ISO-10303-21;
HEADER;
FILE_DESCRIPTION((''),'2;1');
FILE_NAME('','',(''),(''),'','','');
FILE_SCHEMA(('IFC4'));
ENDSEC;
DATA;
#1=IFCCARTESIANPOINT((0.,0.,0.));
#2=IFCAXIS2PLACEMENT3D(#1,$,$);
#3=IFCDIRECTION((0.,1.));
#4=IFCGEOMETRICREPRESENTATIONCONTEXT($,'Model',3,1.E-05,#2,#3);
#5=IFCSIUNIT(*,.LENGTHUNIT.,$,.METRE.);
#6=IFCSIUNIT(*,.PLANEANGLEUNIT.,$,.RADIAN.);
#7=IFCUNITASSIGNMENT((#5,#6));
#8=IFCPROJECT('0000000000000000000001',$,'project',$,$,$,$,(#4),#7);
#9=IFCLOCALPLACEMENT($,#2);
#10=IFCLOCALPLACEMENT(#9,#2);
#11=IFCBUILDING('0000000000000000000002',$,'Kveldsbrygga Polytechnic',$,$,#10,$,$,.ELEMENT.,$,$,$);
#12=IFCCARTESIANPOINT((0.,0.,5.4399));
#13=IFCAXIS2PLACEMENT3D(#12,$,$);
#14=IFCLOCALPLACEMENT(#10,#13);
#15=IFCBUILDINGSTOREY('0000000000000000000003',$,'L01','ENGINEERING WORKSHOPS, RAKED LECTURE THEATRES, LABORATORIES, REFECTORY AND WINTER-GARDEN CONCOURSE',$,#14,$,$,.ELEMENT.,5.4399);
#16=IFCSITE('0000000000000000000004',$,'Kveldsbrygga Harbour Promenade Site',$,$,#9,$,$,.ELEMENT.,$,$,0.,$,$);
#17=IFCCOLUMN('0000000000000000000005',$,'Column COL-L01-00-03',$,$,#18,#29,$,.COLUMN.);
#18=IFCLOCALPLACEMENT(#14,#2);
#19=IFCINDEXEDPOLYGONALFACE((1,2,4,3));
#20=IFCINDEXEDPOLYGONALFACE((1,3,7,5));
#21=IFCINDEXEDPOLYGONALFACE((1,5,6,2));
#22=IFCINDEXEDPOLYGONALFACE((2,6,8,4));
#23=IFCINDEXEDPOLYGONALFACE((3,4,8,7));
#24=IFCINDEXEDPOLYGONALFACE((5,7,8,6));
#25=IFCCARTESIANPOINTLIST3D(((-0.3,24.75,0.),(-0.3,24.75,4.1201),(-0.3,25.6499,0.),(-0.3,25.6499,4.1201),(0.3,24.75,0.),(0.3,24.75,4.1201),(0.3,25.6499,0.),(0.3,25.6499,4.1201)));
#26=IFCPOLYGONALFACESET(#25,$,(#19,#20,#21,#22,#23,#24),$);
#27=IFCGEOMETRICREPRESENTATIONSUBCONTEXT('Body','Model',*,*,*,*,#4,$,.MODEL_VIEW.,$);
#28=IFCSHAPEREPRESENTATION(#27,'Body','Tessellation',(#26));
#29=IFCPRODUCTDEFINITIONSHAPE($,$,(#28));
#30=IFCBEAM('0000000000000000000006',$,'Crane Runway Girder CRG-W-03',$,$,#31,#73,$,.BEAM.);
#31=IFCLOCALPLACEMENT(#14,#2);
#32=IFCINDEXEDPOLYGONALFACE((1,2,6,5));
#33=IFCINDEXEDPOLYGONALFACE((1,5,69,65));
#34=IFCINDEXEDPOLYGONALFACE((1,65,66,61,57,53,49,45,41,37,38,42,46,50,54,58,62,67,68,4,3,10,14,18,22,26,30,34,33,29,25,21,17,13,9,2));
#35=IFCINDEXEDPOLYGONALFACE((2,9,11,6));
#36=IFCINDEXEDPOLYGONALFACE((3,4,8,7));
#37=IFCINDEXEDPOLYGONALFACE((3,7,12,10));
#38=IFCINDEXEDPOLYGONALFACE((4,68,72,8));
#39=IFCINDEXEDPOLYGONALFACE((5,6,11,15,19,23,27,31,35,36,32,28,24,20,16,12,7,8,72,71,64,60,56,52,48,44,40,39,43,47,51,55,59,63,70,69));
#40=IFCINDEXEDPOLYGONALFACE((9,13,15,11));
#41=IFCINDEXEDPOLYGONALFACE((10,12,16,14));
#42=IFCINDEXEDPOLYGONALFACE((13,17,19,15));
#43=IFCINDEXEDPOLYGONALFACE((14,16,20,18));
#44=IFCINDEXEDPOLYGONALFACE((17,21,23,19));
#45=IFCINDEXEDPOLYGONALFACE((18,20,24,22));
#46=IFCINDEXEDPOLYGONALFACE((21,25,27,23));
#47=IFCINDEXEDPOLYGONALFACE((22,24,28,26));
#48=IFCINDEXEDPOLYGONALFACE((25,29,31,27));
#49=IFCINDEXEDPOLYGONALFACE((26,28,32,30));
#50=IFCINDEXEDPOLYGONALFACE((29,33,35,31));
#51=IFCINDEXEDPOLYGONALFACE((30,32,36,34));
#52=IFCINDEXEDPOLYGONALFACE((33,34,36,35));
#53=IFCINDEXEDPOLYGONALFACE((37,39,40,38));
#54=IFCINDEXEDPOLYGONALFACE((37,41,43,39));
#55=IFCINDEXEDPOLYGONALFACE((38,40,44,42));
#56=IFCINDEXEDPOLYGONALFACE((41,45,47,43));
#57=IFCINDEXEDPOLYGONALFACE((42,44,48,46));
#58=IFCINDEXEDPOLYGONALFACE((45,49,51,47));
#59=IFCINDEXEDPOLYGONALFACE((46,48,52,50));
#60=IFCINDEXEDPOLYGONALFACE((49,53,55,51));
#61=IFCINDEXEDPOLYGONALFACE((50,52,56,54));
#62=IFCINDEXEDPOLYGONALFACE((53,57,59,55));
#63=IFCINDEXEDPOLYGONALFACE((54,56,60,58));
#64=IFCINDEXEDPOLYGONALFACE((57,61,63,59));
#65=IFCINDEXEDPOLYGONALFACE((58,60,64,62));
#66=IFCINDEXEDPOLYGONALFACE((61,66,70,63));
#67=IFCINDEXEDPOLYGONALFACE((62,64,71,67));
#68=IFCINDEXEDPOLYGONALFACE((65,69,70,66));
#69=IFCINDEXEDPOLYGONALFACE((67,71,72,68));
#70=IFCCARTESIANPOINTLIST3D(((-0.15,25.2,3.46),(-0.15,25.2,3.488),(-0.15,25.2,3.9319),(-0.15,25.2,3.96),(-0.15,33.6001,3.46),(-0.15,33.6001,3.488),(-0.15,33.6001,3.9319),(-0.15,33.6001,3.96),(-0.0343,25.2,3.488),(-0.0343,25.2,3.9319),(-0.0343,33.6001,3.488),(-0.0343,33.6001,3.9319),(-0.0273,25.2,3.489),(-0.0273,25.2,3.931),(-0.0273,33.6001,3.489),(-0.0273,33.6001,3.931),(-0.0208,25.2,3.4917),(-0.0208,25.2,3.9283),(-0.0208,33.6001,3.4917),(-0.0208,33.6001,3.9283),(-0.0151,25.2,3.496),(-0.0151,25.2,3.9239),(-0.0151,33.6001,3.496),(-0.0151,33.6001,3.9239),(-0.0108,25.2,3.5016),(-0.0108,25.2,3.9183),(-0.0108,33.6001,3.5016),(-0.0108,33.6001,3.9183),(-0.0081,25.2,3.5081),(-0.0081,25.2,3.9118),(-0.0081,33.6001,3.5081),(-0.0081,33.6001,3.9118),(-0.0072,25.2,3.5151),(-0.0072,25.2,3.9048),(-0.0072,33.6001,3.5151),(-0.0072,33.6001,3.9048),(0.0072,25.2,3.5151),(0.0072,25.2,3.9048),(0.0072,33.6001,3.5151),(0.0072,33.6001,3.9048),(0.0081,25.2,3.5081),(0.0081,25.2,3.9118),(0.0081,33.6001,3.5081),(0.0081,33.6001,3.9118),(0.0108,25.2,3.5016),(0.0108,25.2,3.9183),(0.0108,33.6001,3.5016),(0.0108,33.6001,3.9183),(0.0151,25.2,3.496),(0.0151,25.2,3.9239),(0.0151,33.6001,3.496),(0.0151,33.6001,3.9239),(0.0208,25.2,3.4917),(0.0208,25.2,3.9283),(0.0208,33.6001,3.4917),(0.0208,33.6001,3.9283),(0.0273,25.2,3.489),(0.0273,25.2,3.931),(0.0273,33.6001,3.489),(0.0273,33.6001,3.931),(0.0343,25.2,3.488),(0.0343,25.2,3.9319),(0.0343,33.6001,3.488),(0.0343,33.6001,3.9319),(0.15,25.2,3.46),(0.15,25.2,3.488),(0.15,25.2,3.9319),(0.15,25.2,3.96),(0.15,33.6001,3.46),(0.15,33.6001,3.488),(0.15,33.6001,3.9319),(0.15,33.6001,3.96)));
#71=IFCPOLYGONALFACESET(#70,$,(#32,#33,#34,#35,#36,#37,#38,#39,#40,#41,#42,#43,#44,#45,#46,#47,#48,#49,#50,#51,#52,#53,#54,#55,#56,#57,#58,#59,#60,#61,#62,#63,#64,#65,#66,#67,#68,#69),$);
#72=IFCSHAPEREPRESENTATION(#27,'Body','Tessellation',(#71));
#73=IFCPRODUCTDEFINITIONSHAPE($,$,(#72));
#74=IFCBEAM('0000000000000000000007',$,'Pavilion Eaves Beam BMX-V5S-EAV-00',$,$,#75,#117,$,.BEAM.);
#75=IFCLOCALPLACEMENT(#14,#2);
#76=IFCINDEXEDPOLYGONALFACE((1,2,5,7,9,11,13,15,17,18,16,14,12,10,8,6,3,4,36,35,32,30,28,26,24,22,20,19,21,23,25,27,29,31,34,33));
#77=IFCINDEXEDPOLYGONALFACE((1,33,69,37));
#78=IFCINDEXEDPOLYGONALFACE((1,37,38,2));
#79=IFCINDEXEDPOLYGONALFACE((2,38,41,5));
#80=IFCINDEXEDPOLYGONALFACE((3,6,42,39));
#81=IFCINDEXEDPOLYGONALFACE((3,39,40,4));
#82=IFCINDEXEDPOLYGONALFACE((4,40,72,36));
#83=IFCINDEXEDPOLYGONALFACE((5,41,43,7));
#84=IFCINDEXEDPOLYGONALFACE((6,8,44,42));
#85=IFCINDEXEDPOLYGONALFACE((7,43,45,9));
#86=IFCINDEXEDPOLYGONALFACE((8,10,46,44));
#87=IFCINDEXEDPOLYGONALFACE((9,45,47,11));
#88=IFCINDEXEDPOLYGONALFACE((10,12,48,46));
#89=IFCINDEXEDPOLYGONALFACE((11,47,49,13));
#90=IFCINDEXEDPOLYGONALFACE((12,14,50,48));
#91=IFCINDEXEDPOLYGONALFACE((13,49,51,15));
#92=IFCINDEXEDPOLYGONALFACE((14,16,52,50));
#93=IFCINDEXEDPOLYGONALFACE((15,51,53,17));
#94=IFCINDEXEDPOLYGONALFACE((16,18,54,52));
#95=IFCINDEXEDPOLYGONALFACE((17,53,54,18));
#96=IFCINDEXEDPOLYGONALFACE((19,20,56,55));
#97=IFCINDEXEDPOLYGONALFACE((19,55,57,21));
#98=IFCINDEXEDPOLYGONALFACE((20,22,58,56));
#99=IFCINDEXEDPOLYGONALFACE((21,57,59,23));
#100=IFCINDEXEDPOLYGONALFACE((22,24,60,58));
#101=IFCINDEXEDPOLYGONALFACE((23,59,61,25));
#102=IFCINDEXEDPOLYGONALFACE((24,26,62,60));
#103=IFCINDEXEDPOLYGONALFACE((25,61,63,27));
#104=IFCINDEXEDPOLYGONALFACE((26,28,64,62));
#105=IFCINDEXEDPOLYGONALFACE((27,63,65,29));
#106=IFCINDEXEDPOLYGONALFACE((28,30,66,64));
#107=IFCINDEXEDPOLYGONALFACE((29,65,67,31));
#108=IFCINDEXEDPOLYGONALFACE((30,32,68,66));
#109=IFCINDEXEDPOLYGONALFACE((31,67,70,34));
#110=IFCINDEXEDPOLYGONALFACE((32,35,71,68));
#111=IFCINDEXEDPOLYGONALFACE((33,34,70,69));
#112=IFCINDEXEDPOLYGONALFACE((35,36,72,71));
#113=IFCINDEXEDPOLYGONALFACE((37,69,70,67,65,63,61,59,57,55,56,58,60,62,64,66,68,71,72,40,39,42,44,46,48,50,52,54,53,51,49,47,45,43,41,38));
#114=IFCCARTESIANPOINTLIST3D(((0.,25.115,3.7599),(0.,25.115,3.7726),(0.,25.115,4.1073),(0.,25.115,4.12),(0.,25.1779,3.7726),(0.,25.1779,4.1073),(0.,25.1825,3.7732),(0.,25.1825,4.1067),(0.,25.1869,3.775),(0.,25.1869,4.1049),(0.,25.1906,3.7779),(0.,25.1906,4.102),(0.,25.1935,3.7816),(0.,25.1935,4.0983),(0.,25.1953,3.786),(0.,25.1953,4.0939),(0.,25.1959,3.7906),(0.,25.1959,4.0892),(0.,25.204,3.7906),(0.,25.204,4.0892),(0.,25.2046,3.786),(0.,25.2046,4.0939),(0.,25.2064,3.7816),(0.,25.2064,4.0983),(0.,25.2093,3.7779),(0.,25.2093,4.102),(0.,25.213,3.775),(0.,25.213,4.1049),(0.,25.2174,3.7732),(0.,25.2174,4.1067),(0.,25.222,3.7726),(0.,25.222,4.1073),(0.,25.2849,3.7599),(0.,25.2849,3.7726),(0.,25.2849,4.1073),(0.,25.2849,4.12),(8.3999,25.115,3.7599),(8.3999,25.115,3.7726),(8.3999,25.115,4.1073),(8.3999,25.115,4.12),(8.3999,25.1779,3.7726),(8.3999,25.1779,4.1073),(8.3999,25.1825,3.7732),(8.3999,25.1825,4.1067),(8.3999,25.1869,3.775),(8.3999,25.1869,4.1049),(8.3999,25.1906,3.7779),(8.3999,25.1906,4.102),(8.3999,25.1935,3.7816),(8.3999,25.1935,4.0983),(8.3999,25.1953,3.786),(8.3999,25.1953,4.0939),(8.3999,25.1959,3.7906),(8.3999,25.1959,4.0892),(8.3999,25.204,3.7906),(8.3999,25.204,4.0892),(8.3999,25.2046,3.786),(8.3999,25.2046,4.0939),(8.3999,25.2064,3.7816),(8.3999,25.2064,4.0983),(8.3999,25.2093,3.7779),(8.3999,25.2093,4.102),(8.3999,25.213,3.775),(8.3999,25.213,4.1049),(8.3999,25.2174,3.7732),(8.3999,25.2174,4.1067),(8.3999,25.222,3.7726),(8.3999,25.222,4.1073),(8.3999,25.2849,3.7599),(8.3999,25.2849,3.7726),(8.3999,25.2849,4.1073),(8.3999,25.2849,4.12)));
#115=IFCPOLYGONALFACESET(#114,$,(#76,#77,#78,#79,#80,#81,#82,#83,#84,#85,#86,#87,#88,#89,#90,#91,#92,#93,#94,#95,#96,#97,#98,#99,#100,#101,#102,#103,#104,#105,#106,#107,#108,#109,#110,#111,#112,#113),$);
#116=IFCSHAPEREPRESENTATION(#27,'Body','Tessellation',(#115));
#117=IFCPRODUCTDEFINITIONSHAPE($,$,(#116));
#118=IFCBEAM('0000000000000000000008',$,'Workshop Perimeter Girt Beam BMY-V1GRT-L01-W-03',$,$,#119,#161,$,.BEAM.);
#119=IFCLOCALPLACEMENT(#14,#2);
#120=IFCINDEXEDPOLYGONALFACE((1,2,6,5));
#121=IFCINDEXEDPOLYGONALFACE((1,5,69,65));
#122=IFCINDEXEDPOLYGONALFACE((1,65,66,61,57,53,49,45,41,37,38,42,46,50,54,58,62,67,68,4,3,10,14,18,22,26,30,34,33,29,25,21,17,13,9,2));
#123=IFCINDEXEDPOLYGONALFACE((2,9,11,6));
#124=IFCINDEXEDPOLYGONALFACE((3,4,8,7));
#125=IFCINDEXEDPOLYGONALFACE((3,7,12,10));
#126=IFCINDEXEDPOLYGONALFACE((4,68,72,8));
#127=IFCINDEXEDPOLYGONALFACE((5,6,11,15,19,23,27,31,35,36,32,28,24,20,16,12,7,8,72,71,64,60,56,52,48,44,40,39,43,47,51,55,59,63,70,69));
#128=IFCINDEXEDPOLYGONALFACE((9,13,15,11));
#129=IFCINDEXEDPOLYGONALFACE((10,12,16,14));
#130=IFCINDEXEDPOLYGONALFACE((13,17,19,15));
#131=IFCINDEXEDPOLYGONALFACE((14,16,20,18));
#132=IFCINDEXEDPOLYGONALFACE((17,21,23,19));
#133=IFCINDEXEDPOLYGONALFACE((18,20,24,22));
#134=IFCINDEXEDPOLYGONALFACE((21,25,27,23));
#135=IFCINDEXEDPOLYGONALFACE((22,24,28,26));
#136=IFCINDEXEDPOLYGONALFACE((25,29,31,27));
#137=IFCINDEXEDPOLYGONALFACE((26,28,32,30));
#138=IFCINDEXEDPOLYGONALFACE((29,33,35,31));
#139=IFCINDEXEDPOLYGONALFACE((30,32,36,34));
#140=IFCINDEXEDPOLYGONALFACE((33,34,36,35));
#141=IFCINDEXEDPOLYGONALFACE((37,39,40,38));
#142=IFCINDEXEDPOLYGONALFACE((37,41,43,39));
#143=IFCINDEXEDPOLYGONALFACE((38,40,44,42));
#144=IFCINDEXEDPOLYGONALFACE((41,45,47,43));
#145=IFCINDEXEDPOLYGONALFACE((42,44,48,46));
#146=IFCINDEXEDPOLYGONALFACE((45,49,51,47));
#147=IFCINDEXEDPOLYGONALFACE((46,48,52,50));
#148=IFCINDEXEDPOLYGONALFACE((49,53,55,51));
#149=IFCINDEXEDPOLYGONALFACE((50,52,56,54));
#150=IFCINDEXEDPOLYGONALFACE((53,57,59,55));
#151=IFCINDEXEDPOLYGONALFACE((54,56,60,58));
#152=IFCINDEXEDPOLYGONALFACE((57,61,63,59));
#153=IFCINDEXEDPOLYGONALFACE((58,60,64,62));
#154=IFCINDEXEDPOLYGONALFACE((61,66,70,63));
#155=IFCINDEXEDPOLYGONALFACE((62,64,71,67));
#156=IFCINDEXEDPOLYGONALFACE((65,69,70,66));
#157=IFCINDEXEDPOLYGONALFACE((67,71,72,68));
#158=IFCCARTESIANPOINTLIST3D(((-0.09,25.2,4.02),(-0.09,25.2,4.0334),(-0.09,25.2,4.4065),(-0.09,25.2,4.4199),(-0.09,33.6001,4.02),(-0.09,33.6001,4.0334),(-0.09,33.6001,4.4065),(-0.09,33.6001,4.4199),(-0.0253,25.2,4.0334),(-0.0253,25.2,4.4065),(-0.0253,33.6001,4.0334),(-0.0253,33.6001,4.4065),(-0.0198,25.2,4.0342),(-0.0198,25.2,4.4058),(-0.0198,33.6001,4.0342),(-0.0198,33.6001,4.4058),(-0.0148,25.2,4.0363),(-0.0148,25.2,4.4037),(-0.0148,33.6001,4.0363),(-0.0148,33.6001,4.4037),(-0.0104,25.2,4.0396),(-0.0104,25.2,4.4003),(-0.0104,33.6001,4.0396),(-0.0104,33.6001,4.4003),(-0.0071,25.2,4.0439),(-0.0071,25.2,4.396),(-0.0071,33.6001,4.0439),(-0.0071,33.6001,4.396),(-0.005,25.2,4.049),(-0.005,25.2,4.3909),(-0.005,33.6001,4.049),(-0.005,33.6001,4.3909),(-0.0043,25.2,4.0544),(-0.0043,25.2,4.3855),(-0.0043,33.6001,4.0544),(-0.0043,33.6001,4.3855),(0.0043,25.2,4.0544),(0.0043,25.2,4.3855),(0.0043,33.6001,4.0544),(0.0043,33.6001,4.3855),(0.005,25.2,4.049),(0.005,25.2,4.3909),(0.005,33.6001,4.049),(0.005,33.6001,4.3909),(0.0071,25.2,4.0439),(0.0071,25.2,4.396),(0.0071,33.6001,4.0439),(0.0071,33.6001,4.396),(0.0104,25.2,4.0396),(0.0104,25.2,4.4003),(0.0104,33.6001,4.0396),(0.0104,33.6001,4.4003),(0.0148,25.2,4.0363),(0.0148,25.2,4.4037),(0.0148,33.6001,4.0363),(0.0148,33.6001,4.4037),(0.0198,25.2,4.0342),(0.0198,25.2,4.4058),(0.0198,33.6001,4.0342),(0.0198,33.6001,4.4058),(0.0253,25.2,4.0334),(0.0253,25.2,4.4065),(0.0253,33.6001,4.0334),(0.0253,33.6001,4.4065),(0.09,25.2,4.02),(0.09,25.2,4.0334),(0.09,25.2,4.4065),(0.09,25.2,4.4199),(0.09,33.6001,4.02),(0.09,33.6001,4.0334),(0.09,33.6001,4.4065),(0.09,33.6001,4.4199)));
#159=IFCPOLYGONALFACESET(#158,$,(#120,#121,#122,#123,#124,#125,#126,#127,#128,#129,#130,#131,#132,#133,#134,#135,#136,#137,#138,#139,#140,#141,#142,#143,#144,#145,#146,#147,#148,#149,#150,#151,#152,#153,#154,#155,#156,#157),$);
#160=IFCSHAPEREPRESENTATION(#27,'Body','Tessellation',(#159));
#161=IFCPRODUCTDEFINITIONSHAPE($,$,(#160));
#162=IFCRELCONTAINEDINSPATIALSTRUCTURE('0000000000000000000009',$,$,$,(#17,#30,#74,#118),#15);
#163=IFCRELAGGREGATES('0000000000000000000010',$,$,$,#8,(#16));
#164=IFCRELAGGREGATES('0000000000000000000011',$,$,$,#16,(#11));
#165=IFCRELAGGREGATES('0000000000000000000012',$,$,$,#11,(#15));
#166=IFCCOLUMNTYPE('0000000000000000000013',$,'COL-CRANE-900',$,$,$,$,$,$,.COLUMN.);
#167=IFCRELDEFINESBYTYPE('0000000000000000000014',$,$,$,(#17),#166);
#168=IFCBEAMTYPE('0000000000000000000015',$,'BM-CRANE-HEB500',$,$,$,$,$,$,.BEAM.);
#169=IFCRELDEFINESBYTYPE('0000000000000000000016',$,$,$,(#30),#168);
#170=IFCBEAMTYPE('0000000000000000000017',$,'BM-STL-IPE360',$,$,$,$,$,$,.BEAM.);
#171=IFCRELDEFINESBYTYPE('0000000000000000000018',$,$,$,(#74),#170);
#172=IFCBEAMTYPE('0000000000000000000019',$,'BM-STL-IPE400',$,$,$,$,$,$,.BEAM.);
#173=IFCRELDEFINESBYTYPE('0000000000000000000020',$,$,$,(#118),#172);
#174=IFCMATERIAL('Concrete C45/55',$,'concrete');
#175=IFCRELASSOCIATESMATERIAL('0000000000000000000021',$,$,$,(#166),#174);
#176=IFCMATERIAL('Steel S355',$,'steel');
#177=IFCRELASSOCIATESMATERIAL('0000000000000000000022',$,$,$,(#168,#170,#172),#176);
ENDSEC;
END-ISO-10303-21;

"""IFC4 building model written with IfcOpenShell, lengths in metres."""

from ifc_helpers import new_model, si_unit, direction, frame, origin, origin_2d, place, context, subcontext, project, spatial, rectangle, i_section, extrude, material, material_profile, profile_set, type_object, element, save


model = new_model("IFC4")

# Units and contexts
model_context = context("Model", 3, precision=1e-05, world=origin(), true_north=direction((0.0, 1.0)))
body_context = subcontext(model_context, "Body", "Model", "MODEL_VIEW")
ifc_project = project(units=[si_unit("LENGTHUNIT", "METRE"), si_unit("PLANEANGLEUNIT", "RADIAN")], contexts=[model_context])

# Site, building, storey
site_placement = place(None, origin())
site = spatial("IfcSite", under=ifc_project, at=site_placement, Name="Kveldsbrygga Harbour Promenade Site", CompositionType="ELEMENT", RefElevation=0.0)
building_placement = place(site_placement, origin())
building = spatial("IfcBuilding", under=site, at=building_placement, Name="Kveldsbrygga Polytechnic", CompositionType="ELEMENT")
storey_placement = place(building_placement, frame((0.0, 0.0, 5.4399)))
storey = spatial("IfcBuildingStorey", under=building, at=storey_placement, Name="L01", Description="ENGINEERING WORKSHOPS, RAKED LECTURE THEATRES, LABORATORIES, REFECTORY AND WINTER-GARDEN CONCOURSE", CompositionType="ELEMENT", Elevation=5.4399)

# Column
ifc_material_1 = material(Name="Concrete C45/55", Category="concrete")
ifc_material_profile_1 = material_profile(ifc_material_1, rectangle(XDim=0.6001, YDim=0.8999, at=origin_2d()), Name="RC 600x900")
ifc_profile_set_1 = profile_set([ifc_material_profile_1], Name="Concrete C45/55")
column_type = type_object("IfcColumnType", Name="COL-CRANE-900", PredefinedType="COLUMN", material=ifc_profile_set_1)
column_placement = place(storey_placement, frame((0.0, 25.2, 0.0), z_axis=(0.0, 0.0, 1.0), x_axis=(1.0, 0.0, 0.0)))
element("IfcColumn", 1, at=column_placement, inside=storey, type_object=column_type, Name="Column COL-L01-00-03", PredefinedType="COLUMN", context=body_context, shape_type="SweptSolid", body=[
    extrude(rectangle(XDim=0.6001, YDim=0.8999, at=origin_2d()), origin(), (0.0, 0.0, 1.0), 4.1201),
])

# Beams
ifc_material_2 = material(Name="Steel S355", Category="steel")
ifc_material_profile_2 = material_profile(ifc_material_2, i_section(OverallWidth=0.3, OverallDepth=0.5, WebThickness=0.0144, FlangeThickness=0.0281, FilletRadius=0.0271, at=origin_2d()), Name="HEB 500")
ifc_profile_set_2 = profile_set([ifc_material_profile_2], Name="Steel S355")
beam_type_1 = type_object("IfcBeamType", Name="BM-CRANE-HEB500", PredefinedType="BEAM", material=ifc_profile_set_2)
beam_1_placement = place(storey_placement, frame((0.0, 25.2, 3.71), z_axis=(0.0, 1.0, 0.0), x_axis=(-1.0, 0.0, 0.0)))
element("IfcBeam", 2, at=beam_1_placement, inside=storey, type_object=beam_type_1, Name="Crane Runway Girder CRG-W-03", PredefinedType="BEAM", context=body_context, shape_type="SweptSolid", body=[
    extrude(i_section(OverallWidth=0.3, OverallDepth=0.5, WebThickness=0.0144, FlangeThickness=0.0281, FilletRadius=0.0271, at=origin_2d()), origin(), (0.0, 0.0, 1.0), 8.4001),
])
ifc_material_profile_3 = material_profile(ifc_material_2, i_section(OverallWidth=0.1699, OverallDepth=0.3601, WebThickness=0.0081, FlangeThickness=0.0127, FilletRadius=0.0181, at=origin_2d()), Name="IPE 360")
ifc_profile_set_3 = profile_set([ifc_material_profile_3], Name="Steel S355")
beam_type_2 = type_object("IfcBeamType", Name="BM-STL-IPE360", PredefinedType="BEAM", material=ifc_profile_set_3)
beam_2_placement = place(storey_placement, frame((0.0, 25.2, 3.9399), z_axis=(1.0, 0.0, 0.0), x_axis=(0.0, 1.0, 0.0)))
element("IfcBeam", 3, at=beam_2_placement, inside=storey, type_object=beam_type_2, Name="Pavilion Eaves Beam BMX-V5S-EAV-00", PredefinedType="BEAM", context=body_context, shape_type="SweptSolid", body=[
    extrude(i_section(OverallWidth=0.1699, OverallDepth=0.3601, WebThickness=0.0081, FlangeThickness=0.0127, FilletRadius=0.0181, at=origin_2d()), origin(), (0.0, 0.0, 1.0), 8.3999),
])
ifc_material_profile_4 = material_profile(ifc_material_2, i_section(OverallWidth=0.1799, OverallDepth=0.3999, WebThickness=0.0085, FlangeThickness=0.0134, FilletRadius=0.021, at=origin_2d()), Name="IPE 400")
ifc_profile_set_4 = profile_set([ifc_material_profile_4], Name="Steel S355")
beam_type_3 = type_object("IfcBeamType", Name="BM-STL-IPE400", PredefinedType="BEAM", material=ifc_profile_set_4)
beam_3_placement = place(storey_placement, frame((0.0, 25.2, 4.22), z_axis=(0.0, 1.0, 0.0), x_axis=(-1.0, 0.0, 0.0)))
element("IfcBeam", 4, at=beam_3_placement, inside=storey, type_object=beam_type_3, Name="Workshop Perimeter Girt Beam BMY-V1GRT-L01-W-03", PredefinedType="BEAM", context=body_context, shape_type="SweptSolid", body=[
    extrude(i_section(OverallWidth=0.1799, OverallDepth=0.3999, WebThickness=0.0085, FlangeThickness=0.0134, FilletRadius=0.021, at=origin_2d()), origin(), (0.0, 0.0, 1.0), 8.4001),
])

save(model, "model.ifc")
